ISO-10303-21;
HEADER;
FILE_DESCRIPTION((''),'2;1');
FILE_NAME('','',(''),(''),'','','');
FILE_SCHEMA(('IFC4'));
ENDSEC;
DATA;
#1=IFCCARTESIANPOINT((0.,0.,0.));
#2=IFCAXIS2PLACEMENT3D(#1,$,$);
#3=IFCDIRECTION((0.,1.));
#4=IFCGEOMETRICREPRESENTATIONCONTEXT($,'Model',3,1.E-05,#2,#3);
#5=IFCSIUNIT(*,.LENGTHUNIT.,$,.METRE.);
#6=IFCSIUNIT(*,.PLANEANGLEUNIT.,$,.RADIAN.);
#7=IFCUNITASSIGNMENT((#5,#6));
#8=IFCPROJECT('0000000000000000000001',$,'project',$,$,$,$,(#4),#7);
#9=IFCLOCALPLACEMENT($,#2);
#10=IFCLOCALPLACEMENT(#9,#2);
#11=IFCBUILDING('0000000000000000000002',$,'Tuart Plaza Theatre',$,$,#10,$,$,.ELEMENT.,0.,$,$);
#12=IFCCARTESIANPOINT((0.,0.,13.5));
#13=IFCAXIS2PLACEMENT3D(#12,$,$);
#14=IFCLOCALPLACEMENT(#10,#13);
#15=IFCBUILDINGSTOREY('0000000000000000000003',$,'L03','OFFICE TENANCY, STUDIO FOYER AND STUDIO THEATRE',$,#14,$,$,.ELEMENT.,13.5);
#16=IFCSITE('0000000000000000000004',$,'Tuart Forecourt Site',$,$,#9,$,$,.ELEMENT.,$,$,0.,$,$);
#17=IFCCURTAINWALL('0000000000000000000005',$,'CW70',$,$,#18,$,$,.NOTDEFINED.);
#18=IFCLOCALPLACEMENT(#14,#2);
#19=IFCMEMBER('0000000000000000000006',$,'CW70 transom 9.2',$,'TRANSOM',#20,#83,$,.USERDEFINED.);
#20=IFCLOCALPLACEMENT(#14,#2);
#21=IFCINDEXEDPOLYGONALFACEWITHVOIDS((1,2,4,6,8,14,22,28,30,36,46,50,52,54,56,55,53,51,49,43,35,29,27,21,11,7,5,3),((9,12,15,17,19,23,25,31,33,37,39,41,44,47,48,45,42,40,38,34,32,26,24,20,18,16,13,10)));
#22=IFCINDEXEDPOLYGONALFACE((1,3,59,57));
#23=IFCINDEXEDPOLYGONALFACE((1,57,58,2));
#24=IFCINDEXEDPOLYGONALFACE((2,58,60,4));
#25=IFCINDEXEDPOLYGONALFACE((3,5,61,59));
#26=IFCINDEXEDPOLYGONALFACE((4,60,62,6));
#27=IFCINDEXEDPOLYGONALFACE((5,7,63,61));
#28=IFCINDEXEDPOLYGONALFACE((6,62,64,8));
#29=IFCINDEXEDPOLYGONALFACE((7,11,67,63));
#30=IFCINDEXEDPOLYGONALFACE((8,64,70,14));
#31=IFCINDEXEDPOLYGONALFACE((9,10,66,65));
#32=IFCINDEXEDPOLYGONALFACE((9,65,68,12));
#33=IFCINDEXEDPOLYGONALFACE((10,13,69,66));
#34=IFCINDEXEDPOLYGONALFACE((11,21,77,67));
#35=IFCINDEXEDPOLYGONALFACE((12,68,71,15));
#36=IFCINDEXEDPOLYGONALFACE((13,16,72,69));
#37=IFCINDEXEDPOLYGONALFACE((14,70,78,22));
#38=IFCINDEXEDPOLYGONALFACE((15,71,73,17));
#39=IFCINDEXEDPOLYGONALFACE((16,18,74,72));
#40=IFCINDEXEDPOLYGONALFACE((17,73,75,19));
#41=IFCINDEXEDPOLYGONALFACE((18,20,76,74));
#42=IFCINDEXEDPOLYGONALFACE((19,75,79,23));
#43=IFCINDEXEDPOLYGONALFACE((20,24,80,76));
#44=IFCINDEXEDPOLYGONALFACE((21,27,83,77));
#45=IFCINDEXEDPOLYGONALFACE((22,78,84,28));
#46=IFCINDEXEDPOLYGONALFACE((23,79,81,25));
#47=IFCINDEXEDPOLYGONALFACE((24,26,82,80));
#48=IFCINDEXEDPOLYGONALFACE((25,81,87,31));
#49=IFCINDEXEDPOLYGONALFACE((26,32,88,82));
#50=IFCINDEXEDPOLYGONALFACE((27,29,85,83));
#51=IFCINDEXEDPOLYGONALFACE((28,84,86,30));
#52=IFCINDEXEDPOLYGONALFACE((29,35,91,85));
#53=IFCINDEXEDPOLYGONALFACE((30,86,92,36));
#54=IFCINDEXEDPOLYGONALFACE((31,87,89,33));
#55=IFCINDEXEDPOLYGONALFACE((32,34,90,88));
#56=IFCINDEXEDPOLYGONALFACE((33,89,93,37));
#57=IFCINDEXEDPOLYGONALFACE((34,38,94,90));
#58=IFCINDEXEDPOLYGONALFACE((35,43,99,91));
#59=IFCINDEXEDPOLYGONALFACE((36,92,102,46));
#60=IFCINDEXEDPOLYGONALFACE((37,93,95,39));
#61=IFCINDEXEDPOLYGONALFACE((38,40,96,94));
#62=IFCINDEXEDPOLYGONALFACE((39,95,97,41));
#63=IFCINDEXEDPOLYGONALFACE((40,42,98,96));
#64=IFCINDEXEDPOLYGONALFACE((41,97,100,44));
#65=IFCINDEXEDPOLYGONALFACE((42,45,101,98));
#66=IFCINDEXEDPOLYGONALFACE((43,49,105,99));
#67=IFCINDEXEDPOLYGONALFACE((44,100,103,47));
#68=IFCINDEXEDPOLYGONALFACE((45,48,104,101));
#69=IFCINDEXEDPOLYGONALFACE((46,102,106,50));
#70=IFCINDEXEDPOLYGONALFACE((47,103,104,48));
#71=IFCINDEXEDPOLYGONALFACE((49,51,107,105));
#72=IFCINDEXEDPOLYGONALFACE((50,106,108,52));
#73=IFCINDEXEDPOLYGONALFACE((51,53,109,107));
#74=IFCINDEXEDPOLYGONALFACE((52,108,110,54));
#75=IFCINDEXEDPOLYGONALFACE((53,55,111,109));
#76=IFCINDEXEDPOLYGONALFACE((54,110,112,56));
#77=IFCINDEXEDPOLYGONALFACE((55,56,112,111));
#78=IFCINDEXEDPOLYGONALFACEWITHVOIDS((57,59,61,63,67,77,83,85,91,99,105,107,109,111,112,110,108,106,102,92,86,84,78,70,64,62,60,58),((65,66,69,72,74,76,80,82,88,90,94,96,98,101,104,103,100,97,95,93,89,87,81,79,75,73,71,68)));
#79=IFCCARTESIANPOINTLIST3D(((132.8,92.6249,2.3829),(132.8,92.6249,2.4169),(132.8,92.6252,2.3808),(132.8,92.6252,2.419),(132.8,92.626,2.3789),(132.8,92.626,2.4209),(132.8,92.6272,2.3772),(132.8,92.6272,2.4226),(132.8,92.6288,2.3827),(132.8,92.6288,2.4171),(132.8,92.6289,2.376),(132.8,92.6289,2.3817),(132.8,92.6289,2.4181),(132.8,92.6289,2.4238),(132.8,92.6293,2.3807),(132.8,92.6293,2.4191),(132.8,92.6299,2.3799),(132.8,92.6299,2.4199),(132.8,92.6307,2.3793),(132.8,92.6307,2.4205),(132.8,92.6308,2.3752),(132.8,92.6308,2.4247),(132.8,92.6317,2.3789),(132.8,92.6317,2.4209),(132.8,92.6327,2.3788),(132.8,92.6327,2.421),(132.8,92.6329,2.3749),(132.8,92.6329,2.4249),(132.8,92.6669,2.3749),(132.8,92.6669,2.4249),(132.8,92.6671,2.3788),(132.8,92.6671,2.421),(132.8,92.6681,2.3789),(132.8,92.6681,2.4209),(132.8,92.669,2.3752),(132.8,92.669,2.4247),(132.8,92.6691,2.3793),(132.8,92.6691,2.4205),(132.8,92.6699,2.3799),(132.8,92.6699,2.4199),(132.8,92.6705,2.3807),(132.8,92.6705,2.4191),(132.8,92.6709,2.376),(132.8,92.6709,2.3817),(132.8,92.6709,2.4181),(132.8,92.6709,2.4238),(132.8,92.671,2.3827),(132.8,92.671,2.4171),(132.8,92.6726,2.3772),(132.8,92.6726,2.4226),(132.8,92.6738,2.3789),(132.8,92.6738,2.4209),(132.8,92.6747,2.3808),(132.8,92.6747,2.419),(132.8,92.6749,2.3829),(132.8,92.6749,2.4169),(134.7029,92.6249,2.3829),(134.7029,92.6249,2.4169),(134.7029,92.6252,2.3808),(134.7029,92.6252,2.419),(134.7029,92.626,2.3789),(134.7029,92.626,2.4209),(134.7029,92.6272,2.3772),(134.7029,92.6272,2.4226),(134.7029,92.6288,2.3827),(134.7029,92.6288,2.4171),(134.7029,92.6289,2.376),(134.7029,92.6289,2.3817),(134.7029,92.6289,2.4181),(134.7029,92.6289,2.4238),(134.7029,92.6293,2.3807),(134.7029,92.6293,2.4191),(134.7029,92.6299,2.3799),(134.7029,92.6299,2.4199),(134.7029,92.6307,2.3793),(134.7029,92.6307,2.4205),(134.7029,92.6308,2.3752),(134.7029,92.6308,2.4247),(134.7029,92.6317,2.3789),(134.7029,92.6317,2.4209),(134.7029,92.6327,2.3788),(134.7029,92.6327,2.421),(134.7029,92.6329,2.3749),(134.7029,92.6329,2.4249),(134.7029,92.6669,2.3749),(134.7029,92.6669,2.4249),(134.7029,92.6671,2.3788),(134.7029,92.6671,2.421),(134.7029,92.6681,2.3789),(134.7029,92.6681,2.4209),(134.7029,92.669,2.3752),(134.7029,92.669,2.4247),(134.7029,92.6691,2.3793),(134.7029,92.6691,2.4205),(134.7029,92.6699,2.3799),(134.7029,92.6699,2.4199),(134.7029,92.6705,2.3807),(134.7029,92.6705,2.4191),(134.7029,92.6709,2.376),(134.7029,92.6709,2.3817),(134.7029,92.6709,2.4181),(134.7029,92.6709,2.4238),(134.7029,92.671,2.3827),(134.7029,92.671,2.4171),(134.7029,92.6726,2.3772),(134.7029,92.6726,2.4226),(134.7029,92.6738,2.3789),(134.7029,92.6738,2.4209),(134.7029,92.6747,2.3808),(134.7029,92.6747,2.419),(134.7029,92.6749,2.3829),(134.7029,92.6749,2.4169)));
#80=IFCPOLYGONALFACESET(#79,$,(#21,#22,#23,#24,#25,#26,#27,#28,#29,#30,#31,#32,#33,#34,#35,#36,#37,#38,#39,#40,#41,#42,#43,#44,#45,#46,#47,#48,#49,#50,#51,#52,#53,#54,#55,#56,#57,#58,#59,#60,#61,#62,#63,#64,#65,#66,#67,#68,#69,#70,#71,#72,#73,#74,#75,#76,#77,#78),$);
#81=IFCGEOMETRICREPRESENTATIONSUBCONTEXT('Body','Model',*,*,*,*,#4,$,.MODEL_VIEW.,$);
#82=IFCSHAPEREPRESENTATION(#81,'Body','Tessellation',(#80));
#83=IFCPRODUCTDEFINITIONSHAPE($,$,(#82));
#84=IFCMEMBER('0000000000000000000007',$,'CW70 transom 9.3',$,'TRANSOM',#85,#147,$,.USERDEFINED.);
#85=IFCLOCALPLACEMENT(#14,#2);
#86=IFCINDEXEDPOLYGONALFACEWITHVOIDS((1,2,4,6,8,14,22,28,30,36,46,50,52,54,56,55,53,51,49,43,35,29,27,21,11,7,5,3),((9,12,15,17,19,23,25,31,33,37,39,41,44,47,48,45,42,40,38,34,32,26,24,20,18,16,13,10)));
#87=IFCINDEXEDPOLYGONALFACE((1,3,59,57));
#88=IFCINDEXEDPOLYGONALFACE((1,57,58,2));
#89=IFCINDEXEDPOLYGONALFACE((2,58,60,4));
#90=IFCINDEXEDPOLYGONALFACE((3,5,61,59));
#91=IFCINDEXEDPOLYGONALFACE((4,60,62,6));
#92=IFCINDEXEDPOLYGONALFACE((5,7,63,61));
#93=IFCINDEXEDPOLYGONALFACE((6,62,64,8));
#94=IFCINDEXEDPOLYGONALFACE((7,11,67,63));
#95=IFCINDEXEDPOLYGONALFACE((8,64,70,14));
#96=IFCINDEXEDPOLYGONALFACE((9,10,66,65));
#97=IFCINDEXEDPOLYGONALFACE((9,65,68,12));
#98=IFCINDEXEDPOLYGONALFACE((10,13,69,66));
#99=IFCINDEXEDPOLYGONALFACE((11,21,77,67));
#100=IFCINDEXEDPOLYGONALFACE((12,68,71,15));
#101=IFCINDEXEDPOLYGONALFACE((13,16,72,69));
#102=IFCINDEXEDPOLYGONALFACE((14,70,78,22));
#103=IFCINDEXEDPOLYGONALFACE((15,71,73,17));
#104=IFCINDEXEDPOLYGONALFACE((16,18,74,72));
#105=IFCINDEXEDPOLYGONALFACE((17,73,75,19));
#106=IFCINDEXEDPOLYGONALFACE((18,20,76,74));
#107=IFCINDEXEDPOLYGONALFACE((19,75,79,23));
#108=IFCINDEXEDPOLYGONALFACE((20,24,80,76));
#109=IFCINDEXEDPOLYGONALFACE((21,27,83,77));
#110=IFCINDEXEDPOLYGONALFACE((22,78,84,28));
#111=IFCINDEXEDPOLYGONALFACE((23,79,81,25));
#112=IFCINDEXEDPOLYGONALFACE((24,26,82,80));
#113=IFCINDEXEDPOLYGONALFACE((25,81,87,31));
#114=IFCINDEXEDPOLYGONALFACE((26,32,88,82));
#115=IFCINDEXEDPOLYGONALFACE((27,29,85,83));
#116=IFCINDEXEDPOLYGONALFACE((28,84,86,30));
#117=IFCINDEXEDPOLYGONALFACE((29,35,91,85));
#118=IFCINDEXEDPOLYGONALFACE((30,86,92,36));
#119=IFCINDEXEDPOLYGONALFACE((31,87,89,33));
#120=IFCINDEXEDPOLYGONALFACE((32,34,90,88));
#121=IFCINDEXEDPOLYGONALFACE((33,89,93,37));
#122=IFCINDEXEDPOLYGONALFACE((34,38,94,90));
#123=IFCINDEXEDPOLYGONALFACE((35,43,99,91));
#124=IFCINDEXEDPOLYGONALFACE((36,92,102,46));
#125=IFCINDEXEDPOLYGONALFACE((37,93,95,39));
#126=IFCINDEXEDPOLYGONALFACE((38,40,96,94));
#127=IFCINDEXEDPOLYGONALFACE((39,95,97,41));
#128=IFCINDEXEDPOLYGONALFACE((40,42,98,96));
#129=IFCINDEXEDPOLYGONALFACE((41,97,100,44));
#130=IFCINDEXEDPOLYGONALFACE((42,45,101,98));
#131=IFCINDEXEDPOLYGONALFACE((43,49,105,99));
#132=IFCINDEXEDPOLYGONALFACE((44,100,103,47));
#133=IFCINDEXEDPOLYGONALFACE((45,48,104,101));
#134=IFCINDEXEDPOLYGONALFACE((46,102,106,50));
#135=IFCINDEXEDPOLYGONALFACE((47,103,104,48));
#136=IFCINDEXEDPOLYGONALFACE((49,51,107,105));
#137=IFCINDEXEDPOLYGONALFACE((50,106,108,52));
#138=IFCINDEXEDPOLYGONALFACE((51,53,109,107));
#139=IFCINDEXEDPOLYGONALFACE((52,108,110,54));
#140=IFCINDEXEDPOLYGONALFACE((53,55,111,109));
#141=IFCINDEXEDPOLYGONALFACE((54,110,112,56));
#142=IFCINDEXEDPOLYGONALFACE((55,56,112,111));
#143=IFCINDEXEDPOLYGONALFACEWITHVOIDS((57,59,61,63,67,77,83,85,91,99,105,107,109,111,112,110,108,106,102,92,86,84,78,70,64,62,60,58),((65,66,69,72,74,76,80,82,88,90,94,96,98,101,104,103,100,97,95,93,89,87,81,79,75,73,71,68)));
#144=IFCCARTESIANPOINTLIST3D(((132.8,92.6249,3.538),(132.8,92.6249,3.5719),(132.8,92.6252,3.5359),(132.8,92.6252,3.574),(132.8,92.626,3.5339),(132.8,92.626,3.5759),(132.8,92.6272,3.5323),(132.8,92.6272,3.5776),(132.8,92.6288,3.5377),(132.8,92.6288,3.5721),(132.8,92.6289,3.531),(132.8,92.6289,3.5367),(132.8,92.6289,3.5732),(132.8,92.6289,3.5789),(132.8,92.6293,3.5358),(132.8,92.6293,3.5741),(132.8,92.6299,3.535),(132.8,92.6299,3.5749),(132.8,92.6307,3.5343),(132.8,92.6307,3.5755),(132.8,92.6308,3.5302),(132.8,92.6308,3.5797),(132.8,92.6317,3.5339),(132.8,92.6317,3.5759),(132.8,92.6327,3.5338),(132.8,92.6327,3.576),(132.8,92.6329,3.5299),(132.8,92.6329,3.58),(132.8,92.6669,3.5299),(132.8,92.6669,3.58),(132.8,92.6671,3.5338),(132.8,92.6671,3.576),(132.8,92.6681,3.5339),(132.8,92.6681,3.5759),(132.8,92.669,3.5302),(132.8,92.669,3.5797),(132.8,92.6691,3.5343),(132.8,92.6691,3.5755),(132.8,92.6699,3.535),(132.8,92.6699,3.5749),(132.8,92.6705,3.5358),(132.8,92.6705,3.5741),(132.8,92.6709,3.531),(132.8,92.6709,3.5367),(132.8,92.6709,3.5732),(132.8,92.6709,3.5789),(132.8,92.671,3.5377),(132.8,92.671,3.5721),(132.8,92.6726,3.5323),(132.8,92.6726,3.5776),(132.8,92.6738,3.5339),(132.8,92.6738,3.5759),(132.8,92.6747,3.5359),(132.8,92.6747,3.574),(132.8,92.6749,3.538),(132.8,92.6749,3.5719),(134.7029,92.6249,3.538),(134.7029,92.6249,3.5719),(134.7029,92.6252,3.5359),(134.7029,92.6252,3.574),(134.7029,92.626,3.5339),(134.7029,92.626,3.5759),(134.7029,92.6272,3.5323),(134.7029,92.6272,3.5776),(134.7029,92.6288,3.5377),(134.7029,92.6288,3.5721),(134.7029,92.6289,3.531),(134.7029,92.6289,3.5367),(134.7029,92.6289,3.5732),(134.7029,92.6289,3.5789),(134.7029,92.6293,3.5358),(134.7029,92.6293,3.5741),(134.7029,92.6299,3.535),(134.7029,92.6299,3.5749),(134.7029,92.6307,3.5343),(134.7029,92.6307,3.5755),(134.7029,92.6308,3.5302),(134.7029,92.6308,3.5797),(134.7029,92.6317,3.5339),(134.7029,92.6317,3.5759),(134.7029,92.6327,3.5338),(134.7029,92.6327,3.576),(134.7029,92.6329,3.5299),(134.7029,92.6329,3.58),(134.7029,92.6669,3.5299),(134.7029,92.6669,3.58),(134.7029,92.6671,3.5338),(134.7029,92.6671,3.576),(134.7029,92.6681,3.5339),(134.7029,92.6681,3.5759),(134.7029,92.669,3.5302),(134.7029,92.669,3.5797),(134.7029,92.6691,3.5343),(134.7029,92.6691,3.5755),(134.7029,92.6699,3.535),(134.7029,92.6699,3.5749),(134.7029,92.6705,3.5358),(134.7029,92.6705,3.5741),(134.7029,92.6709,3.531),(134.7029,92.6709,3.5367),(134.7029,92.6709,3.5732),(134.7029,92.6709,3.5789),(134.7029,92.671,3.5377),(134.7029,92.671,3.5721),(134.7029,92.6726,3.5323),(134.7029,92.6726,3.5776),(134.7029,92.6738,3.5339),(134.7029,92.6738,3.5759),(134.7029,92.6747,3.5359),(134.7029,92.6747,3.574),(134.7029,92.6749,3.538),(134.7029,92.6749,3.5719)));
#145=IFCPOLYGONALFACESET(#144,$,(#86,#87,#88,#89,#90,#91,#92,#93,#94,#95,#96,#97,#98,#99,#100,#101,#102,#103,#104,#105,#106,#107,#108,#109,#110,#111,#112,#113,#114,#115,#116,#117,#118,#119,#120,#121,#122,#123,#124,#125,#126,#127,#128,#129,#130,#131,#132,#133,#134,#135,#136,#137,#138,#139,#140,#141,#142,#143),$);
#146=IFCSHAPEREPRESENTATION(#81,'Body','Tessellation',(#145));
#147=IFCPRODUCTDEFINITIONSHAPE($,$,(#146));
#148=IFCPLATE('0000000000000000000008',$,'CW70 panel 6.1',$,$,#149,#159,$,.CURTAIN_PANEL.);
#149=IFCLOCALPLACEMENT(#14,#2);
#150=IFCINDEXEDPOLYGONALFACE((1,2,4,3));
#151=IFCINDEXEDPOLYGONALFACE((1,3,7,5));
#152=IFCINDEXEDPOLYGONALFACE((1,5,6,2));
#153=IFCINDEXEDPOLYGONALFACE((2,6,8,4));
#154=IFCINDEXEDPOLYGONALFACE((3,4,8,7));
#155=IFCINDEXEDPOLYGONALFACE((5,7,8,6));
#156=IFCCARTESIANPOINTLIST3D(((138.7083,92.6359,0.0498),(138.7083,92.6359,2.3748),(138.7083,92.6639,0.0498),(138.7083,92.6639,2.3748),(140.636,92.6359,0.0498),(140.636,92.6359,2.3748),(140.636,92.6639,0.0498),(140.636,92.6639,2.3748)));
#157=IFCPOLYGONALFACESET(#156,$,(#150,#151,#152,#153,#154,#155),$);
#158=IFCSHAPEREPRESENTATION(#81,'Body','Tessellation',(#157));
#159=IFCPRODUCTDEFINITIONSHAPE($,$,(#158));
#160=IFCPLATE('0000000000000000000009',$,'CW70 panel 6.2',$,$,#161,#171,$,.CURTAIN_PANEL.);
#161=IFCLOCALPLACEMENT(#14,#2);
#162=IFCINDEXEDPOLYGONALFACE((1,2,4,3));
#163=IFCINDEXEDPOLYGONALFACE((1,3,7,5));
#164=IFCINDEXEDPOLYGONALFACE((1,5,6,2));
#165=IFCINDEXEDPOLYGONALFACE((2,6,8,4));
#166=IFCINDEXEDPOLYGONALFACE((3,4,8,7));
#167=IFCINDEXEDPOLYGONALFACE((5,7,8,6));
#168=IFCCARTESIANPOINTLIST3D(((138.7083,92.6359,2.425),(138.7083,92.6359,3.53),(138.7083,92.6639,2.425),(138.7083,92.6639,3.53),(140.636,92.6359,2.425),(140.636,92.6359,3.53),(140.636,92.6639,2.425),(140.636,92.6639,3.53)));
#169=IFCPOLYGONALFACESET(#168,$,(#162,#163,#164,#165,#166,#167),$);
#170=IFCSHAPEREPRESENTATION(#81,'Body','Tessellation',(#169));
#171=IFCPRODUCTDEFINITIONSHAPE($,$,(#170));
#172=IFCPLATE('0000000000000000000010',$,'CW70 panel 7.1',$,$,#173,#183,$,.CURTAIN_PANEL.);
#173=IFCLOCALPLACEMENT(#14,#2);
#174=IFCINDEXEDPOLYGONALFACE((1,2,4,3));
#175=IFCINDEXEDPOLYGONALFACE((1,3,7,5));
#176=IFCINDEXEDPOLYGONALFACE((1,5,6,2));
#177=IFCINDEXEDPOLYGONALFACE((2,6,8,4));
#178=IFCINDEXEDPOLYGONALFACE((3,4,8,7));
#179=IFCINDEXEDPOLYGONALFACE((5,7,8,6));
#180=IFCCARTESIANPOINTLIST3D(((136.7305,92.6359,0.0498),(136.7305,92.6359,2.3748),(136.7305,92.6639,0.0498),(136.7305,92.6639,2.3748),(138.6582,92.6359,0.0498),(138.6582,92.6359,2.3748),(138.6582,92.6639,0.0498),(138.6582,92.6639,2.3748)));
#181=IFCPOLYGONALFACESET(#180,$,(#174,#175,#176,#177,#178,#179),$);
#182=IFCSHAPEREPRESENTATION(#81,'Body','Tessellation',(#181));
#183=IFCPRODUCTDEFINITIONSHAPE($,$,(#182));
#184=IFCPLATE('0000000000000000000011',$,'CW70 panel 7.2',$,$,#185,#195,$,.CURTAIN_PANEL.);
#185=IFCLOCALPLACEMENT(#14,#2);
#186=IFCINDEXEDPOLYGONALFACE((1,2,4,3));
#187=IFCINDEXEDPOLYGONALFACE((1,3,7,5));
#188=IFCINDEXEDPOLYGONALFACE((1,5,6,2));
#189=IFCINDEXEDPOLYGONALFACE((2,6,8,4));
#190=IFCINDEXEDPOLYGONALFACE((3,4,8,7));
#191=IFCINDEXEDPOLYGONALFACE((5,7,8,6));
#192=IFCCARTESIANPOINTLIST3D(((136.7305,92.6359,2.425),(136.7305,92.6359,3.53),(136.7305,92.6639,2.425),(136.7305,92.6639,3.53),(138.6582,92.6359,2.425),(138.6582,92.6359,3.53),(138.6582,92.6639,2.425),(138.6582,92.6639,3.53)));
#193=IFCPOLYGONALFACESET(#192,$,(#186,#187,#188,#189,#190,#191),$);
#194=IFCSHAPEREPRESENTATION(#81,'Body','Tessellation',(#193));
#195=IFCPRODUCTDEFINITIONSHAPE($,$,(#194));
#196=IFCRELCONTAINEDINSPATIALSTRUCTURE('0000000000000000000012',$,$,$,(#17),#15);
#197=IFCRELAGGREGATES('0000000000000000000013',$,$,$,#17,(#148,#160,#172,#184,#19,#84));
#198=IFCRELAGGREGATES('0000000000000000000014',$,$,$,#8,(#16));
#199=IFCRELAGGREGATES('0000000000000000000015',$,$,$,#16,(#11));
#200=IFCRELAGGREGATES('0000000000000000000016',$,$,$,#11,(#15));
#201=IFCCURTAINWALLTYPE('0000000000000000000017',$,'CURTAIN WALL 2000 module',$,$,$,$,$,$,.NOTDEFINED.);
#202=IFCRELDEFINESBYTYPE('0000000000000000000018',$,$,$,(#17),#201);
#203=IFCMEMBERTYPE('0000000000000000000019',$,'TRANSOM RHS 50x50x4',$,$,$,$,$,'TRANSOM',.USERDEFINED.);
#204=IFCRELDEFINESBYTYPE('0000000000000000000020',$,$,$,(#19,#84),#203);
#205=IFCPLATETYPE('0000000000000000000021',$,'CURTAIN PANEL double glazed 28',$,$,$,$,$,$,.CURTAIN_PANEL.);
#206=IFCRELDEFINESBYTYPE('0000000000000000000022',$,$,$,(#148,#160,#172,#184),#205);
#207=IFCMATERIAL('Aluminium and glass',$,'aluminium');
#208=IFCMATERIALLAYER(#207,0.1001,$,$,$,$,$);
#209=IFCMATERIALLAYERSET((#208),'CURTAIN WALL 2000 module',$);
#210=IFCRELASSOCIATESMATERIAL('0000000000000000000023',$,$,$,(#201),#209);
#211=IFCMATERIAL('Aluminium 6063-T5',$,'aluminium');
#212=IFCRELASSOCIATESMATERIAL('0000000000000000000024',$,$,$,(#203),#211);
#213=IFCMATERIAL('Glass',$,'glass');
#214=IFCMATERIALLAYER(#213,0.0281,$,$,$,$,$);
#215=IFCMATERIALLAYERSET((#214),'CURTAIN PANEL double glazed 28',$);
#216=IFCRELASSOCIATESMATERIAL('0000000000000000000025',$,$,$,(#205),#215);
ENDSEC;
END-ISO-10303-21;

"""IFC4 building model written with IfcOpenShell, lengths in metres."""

from ifc_helpers import new_model, si_unit, direction, frame, origin, origin_2d, place, context, subcontext, project, spatial, rectangle, hollow_rectangle, extrude, material, layer, layer_set, material_profile, profile_set, type_object, element, aggregate, save


model = new_model("IFC4")

# Units and contexts
model_context = context("Model", 3, precision=1e-05, world=origin(), true_north=direction((0.0, 1.0)))
body_context = subcontext(model_context, "Body", "Model", "MODEL_VIEW")
ifc_project = project(units=[si_unit("LENGTHUNIT", "METRE"), si_unit("PLANEANGLEUNIT", "RADIAN")], contexts=[model_context])

# Site, building, storey
site_placement = place(None, origin())
site = spatial("IfcSite", under=ifc_project, at=site_placement, Name="Tuart Forecourt Site", CompositionType="ELEMENT", RefElevation=0.0)
building_placement = place(site_placement, origin())
building = spatial("IfcBuilding", under=site, at=building_placement, Name="Tuart Plaza Theatre", CompositionType="ELEMENT", ElevationOfRefHeight=0.0)
storey_placement = place(building_placement, frame((0.0, 0.0, 13.5)))
storey = spatial("IfcBuildingStorey", under=building, at=storey_placement, Name="L03", Description="OFFICE TENANCY, STUDIO FOYER AND STUDIO THEATRE", CompositionType="ELEMENT", Elevation=13.5)

# Curtain wall, members, plates
ifc_material_1 = material(Name="Aluminium and glass", Category="aluminium")
ifc_layer_1 = layer(ifc_material_1, 0.1001)
ifc_layer_set_1 = layer_set([ifc_layer_1], Name="CURTAIN WALL 2000 module")
curtain_wall_type = type_object("IfcCurtainWallType", Name="CURTAIN WALL 2000 module", PredefinedType="NOTDEFINED", material=ifc_layer_set_1)
curtain_wall_placement = place(storey_placement, origin())
curtain_wall = element("IfcCurtainWall", 1, at=curtain_wall_placement, inside=storey, type_object=curtain_wall_type, Name="CW70", PredefinedType="NOTDEFINED")
ifc_material_2 = material(Name="Aluminium 6063-T5", Category="aluminium")
ifc_material_profile_1 = material_profile(ifc_material_2, hollow_rectangle(XDim=0.05, YDim=0.05, WallThickness=0.0039, InnerFilletRadius=0.0039, OuterFilletRadius=0.0081, at=origin_2d()), Name="RHS 50x50x4")
ifc_profile_set_1 = profile_set([ifc_material_profile_1], Name="Aluminium 6063-T5")
member_type_1 = type_object("IfcMemberType", Name="TRANSOM RHS 50x50x4", ElementType="TRANSOM", PredefinedType="USERDEFINED", material=ifc_profile_set_1)
member_1_placement = place(storey_placement, frame((134.7029, 92.6499, 2.3999), z_axis=(-1.0, 0.0, 0.0), x_axis=(0.0, -1.0, 0.0)))
member_1 = element("IfcMember", 2, at=member_1_placement, type_object=member_type_1, Name="CW70 transom 9.2", ObjectType="TRANSOM", PredefinedType="USERDEFINED", context=body_context, shape_type="SweptSolid", body=[
    extrude(hollow_rectangle(XDim=0.05, YDim=0.05, WallThickness=0.0039, InnerFilletRadius=0.0039, OuterFilletRadius=0.0081, at=origin_2d()), origin(), (0.0, 0.0, 1.0), 1.9028),
])
member_2_placement = place(storey_placement, frame((134.7029, 92.6499, 3.5549), z_axis=(-1.0, 0.0, 0.0), x_axis=(0.0, -1.0, 0.0)))
member_2 = element("IfcMember", 3, at=member_2_placement, type_object=member_type_1, Name="CW70 transom 9.3", ObjectType="TRANSOM", PredefinedType="USERDEFINED", context=body_context, shape_type="SweptSolid", body=[
    extrude(hollow_rectangle(XDim=0.05, YDim=0.05, WallThickness=0.0039, InnerFilletRadius=0.0039, OuterFilletRadius=0.0081, at=origin_2d()), origin(), (0.0, 0.0, 1.0), 1.9028),
])
ifc_material_3 = material(Name="Glass", Category="glass")
ifc_layer_2 = layer(ifc_material_3, 0.0281)
ifc_layer_set_2 = layer_set([ifc_layer_2], Name="CURTAIN PANEL double glazed 28")
plate_type = type_object("IfcPlateType", Name="CURTAIN PANEL double glazed 28", PredefinedType="CURTAIN_PANEL", material=ifc_layer_set_2)
plate_1_placement = place(storey_placement, frame((139.6721, 92.6499, 0.0498), z_axis=(0.0, 0.0, 1.0), x_axis=(-1.0, 0.0, 0.0)))
plate_1 = element("IfcPlate", 4, at=plate_1_placement, type_object=plate_type, Name="CW70 panel 6.1", PredefinedType="CURTAIN_PANEL", context=body_context, shape_type="SweptSolid", body=[
    extrude(rectangle(XDim=1.9277, YDim=0.0281, at=origin_2d()), origin(), (0.0, 0.0, 1.0), 2.325),
])
plate_2_placement = place(storey_placement, frame((139.6721, 92.6499, 2.425), z_axis=(0.0, 0.0, 1.0), x_axis=(-1.0, 0.0, 0.0)))
plate_2 = element("IfcPlate", 5, at=plate_2_placement, type_object=plate_type, Name="CW70 panel 6.2", PredefinedType="CURTAIN_PANEL", context=body_context, shape_type="SweptSolid", body=[
    extrude(rectangle(XDim=1.9277, YDim=0.0281, at=origin_2d()), origin(), (0.0, 0.0, 1.0), 1.105),
])
plate_3_placement = place(storey_placement, frame((137.6943, 92.6499, 0.0498), z_axis=(0.0, 0.0, 1.0), x_axis=(-1.0, 0.0, 0.0)))
plate_3 = element("IfcPlate", 6, at=plate_3_placement, type_object=plate_type, Name="CW70 panel 7.1", PredefinedType="CURTAIN_PANEL", context=body_context, shape_type="SweptSolid", body=[
    extrude(rectangle(XDim=1.9277, YDim=0.0281, at=origin_2d()), origin(), (0.0, 0.0, 1.0), 2.325),
])
plate_4_placement = place(storey_placement, frame((137.6943, 92.6499, 2.425), z_axis=(0.0, 0.0, 1.0), x_axis=(-1.0, 0.0, 0.0)))
plate_4 = element("IfcPlate", 7, at=plate_4_placement, type_object=plate_type, Name="CW70 panel 7.2", PredefinedType="CURTAIN_PANEL", context=body_context, shape_type="SweptSolid", body=[
    extrude(rectangle(XDim=1.9277, YDim=0.0281, at=origin_2d()), origin(), (0.0, 0.0, 1.0), 1.105),
])
aggregate(curtain_wall, [plate_1, plate_2, plate_3, plate_4, member_1, member_2])

save(model, "model.ifc")
